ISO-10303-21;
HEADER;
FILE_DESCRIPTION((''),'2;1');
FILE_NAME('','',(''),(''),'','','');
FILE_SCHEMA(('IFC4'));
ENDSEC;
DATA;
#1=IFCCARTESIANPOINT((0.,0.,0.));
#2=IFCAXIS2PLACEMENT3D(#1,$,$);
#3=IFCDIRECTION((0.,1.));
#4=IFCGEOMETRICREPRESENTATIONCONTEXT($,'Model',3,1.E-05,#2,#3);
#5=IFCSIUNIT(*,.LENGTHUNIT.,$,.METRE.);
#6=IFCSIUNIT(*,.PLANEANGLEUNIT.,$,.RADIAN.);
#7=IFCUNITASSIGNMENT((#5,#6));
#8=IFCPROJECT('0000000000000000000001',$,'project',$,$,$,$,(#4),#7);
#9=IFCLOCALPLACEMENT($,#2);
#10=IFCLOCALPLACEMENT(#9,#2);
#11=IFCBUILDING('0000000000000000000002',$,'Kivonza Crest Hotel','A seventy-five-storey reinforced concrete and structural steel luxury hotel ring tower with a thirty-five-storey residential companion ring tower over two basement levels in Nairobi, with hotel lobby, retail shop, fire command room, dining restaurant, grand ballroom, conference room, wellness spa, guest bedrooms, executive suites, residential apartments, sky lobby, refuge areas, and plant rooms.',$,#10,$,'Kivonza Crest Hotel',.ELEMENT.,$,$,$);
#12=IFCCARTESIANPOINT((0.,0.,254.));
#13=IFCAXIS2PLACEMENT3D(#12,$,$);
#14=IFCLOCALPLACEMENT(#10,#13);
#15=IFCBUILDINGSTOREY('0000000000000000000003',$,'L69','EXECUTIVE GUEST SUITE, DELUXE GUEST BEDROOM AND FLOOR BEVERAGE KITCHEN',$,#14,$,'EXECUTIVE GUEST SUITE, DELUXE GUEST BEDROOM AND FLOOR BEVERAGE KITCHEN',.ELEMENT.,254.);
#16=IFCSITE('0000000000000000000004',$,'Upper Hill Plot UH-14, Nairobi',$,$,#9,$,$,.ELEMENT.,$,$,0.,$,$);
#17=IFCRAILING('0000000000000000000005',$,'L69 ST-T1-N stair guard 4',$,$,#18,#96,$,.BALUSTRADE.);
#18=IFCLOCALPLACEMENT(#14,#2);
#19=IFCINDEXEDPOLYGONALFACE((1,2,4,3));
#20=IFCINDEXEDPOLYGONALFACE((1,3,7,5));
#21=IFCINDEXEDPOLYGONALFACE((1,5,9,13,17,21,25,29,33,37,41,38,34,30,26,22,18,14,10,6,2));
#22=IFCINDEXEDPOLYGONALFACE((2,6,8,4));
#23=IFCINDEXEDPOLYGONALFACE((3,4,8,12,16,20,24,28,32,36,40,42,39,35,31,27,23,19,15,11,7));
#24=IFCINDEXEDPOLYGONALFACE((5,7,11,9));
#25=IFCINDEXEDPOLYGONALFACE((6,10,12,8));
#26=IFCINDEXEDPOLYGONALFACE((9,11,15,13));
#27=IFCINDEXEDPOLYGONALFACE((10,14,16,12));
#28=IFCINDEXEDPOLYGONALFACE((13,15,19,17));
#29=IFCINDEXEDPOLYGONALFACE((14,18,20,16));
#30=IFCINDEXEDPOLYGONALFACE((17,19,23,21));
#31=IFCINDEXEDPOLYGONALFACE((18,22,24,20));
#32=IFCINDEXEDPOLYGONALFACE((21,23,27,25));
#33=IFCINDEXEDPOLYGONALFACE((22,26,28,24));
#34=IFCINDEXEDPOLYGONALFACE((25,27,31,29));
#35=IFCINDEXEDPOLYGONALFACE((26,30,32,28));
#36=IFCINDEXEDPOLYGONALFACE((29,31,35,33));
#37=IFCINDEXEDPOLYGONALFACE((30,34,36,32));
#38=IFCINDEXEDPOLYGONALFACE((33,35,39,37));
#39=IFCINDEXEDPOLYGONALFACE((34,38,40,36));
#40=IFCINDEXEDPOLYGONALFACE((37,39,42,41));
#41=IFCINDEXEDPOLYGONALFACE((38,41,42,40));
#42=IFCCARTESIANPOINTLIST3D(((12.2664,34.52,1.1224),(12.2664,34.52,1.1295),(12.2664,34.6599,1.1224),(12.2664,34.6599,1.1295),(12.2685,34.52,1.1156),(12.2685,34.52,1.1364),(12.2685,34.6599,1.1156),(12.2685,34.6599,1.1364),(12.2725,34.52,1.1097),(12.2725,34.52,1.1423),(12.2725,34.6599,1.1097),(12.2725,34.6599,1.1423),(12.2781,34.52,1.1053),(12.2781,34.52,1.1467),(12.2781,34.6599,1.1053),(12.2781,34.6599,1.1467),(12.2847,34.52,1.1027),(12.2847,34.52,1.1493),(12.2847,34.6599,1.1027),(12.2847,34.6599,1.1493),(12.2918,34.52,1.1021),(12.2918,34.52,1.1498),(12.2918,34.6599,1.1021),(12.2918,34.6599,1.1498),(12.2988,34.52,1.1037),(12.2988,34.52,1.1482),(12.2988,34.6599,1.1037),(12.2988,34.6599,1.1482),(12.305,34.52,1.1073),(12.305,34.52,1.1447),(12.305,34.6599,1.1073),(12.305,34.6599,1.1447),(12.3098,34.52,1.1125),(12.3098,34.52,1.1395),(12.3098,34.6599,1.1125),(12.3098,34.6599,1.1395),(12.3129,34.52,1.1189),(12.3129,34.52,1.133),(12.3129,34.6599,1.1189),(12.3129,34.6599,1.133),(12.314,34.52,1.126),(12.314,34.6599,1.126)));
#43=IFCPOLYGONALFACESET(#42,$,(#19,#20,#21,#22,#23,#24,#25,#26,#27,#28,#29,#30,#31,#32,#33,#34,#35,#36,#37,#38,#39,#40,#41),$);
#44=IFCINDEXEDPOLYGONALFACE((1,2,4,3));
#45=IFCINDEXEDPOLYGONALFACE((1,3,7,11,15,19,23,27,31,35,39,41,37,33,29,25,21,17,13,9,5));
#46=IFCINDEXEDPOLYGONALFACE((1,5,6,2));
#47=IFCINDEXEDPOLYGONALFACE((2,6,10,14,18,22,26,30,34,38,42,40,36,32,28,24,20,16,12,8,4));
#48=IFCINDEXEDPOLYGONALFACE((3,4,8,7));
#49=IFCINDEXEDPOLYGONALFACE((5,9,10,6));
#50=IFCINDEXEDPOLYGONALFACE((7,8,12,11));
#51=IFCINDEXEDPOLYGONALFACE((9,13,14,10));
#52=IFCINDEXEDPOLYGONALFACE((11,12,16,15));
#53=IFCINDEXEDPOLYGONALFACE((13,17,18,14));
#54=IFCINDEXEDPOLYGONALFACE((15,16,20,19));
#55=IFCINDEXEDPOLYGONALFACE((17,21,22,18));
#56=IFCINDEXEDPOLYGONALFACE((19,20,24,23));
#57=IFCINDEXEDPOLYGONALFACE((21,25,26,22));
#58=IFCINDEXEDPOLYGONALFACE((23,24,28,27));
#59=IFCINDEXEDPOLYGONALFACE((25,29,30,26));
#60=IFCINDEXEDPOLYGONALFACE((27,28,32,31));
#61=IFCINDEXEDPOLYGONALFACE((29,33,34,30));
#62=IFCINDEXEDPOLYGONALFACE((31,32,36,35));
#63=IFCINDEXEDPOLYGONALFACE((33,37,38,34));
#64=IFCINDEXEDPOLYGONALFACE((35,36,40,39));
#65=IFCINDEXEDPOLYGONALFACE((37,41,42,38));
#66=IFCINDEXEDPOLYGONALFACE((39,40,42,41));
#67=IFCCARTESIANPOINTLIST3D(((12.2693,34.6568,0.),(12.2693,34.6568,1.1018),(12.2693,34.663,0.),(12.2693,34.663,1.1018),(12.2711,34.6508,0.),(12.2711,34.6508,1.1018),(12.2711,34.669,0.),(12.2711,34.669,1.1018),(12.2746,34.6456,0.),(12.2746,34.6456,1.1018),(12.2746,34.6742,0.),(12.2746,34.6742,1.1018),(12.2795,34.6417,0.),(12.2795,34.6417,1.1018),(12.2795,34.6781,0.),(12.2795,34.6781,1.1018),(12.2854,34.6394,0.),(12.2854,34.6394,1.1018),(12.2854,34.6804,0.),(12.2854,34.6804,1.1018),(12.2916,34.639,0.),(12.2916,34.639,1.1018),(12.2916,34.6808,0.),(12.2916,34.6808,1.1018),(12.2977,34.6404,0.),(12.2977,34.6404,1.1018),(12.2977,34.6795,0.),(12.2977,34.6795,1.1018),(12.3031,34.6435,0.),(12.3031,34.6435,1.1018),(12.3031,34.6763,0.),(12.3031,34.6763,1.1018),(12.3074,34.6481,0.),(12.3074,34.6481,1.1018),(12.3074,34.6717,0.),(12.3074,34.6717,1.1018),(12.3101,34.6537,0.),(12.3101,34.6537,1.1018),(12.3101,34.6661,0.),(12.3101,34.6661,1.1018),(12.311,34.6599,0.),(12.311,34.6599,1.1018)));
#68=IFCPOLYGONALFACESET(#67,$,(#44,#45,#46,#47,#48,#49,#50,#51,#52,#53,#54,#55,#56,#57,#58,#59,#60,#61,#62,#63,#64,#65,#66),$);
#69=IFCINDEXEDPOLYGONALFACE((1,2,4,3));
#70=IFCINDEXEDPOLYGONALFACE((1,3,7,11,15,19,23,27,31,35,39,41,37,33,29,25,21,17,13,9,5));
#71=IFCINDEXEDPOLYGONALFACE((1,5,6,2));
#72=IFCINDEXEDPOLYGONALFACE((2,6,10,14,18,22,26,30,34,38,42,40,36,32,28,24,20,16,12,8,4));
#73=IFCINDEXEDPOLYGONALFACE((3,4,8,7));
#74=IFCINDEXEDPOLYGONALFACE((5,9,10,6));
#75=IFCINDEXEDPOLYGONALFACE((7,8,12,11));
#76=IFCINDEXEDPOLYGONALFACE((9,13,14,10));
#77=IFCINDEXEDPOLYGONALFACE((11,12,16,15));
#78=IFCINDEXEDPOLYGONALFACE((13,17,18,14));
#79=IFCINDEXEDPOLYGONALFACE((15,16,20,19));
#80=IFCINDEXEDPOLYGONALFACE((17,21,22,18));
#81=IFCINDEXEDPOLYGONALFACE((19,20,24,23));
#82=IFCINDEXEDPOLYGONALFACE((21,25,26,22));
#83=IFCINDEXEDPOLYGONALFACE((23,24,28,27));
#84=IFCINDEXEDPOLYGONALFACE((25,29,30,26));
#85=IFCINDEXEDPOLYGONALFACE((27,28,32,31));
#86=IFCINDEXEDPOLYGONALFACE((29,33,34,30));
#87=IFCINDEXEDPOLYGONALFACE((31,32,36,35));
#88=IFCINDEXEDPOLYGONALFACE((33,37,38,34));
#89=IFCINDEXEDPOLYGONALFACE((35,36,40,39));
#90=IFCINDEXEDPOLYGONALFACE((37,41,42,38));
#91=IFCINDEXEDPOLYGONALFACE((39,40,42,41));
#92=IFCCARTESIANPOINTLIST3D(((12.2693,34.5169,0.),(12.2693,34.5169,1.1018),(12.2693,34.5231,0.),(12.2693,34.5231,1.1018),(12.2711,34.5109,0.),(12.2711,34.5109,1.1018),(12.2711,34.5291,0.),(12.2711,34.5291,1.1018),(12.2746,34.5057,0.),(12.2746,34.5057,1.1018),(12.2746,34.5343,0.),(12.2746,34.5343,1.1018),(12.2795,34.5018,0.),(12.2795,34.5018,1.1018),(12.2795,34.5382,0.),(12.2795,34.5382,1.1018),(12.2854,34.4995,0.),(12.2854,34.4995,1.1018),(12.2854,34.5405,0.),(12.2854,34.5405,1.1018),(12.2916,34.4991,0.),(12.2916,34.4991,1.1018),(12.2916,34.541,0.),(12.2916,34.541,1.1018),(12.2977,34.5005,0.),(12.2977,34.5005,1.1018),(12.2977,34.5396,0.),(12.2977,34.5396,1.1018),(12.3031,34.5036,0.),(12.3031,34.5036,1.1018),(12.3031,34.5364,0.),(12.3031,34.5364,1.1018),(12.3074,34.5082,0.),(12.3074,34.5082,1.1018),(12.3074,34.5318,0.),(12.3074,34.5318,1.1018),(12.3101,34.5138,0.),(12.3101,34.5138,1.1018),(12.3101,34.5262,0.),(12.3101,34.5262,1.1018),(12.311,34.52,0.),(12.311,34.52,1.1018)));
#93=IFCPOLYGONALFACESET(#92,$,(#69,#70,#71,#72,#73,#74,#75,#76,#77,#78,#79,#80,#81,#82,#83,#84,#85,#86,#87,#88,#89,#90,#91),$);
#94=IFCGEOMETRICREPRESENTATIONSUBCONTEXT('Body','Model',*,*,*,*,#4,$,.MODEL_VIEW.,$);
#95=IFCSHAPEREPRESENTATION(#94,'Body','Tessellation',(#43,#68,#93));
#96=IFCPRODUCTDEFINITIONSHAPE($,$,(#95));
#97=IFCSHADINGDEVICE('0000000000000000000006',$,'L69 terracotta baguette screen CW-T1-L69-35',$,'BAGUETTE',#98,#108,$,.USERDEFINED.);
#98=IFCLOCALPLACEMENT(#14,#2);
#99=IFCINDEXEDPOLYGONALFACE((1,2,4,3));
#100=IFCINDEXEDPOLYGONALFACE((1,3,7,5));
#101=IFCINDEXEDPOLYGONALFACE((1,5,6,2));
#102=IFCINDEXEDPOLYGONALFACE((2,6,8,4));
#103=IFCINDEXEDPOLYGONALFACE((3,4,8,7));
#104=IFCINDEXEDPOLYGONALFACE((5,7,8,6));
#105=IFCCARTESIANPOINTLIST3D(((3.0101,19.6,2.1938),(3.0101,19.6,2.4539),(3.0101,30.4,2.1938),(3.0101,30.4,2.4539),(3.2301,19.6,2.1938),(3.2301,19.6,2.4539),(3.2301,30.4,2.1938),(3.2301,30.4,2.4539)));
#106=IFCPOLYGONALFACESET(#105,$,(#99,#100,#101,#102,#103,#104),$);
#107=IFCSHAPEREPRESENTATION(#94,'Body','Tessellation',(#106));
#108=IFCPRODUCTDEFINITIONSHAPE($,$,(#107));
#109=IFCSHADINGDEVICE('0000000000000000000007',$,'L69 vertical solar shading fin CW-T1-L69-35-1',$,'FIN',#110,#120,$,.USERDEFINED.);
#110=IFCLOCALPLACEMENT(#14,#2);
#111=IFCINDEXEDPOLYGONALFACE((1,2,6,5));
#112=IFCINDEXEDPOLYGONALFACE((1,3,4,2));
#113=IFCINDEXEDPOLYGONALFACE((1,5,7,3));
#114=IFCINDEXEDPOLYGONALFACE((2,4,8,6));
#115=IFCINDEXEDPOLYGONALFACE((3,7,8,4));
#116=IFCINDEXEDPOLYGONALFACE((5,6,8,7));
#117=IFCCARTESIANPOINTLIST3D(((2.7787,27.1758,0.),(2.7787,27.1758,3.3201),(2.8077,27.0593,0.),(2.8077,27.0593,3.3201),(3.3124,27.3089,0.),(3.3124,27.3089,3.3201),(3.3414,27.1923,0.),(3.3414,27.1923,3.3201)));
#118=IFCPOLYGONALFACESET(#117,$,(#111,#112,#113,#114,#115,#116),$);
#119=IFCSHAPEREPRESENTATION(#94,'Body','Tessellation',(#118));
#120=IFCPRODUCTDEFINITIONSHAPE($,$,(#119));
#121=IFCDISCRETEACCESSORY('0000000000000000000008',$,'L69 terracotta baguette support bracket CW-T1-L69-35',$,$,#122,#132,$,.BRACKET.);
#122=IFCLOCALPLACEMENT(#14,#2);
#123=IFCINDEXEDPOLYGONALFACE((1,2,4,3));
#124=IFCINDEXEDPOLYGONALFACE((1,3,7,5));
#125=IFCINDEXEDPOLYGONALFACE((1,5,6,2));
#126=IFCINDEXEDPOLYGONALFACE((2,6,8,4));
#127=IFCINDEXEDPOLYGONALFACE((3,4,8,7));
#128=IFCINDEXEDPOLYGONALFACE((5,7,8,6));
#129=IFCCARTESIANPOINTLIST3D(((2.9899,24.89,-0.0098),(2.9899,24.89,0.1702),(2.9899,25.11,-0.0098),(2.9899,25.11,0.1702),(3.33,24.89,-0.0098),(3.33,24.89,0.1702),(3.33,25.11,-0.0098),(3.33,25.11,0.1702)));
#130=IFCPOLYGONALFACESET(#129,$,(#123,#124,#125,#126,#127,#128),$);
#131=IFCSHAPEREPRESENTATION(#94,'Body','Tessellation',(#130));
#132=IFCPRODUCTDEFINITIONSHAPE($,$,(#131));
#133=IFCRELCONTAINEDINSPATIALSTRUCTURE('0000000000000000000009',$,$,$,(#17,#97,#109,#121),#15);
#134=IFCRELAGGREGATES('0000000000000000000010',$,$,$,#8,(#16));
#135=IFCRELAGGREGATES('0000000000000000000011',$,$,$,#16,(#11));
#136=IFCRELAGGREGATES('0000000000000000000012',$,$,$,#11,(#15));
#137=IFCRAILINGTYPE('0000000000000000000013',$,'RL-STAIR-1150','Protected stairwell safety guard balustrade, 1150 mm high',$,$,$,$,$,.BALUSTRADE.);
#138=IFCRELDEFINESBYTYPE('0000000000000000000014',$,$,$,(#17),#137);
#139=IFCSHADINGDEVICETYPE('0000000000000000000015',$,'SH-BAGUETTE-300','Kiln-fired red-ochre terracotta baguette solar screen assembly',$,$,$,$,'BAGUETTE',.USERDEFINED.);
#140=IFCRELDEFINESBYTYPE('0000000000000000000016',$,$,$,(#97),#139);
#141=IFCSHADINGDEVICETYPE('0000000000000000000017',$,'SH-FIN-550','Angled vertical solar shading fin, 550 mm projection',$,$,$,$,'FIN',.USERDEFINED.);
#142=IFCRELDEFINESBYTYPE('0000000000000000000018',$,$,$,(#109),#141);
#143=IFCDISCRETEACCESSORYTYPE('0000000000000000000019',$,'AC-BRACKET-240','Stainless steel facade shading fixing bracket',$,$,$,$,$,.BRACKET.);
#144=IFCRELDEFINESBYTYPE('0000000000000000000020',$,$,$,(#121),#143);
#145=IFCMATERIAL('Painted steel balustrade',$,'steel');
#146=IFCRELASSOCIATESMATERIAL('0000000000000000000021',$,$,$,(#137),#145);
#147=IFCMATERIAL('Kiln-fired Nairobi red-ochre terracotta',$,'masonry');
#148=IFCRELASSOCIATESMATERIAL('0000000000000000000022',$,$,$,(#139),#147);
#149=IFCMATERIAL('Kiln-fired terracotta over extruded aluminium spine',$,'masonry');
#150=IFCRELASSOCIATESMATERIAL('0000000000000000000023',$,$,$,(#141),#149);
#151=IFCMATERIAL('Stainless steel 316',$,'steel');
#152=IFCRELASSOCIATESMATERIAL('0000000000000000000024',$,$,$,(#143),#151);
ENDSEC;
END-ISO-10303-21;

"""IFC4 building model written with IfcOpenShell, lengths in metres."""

from ifc_helpers import new_model, si_unit, direction, frame, origin, origin_2d, place, context, subcontext, project, spatial, rectangle, circle, extrude, material, type_object, element, save


model = new_model("IFC4")

# Units and contexts
model_context = context("Model", 3, precision=1e-05, world=origin(), true_north=direction((0.0, 1.0)))
body_context = subcontext(model_context, "Body", "Model", "MODEL_VIEW")
ifc_project = project(units=[si_unit("LENGTHUNIT", "METRE"), si_unit("PLANEANGLEUNIT", "RADIAN")], contexts=[model_context])

# Site, building, storey
site_placement = place(None, origin())
site = spatial("IfcSite", under=ifc_project, at=site_placement, Name="Upper Hill Plot UH-14, Nairobi", CompositionType="ELEMENT", RefElevation=0.0)
building_placement = place(site_placement, origin())
building = spatial("IfcBuilding", under=site, at=building_placement, Name="Kivonza Crest Hotel", Description="A seventy-five-storey reinforced concrete and structural steel luxury hotel ring tower with a thirty-five-storey residential companion ring tower over two basement levels in Nairobi, with hotel lobby, retail shop, fire command room, dining restaurant, grand ballroom, conference room, wellness spa, guest bedrooms, executive suites, residential apartments, sky lobby, refuge areas, and plant rooms.", LongName="Kivonza Crest Hotel", CompositionType="ELEMENT")
storey_placement = place(building_placement, frame((0.0, 0.0, 254.0)))
storey = spatial("IfcBuildingStorey", under=building, at=storey_placement, Name="L69", Description="EXECUTIVE GUEST SUITE, DELUXE GUEST BEDROOM AND FLOOR BEVERAGE KITCHEN", LongName="EXECUTIVE GUEST SUITE, DELUXE GUEST BEDROOM AND FLOOR BEVERAGE KITCHEN", CompositionType="ELEMENT", Elevation=254.0)

# Railing
ifc_material_1 = material(Name="Painted steel balustrade", Category="steel")
railing_type_1 = type_object("IfcRailingType", Name="RL-STAIR-1150", Description="Protected stairwell safety guard balustrade, 1150 mm high", PredefinedType="BALUSTRADE", material=ifc_material_1)
railing_1_placement = place(storey_placement, frame((12.29, 34.6599, 0.0)))
element("IfcRailing", 1, at=railing_1_placement, inside=storey, type_object=railing_type_1, Name="L69 ST-T1-N stair guard 4", PredefinedType="BALUSTRADE", context=body_context, shape_type="SweptSolid", body=[
    extrude(circle(Radius=0.0239, at=origin_2d()), frame((0.0, 0.0, 1.126), z_axis=(0.0, -1.0, 0.0), x_axis=(1.0, 0.0, 0.0)), (0.0, 0.0, 1.0), 0.1399),
    extrude(circle(Radius=0.021, at=origin_2d()), origin(), (0.0, 0.0, 1.0), 1.1018),
    extrude(circle(Radius=0.021, at=origin_2d()), frame((0.0, -0.1399, 0.0)), (0.0, 0.0, 1.0), 1.1018),
])

# Shading devices
ifc_material_2 = material(Name="Kiln-fired Nairobi red-ochre terracotta", Category="masonry")
shading_device_type_1 = type_object("IfcShadingDeviceType", Name="SH-BAGUETTE-300", Description="Kiln-fired red-ochre terracotta baguette solar screen assembly", ElementType="BAGUETTE", PredefinedType="USERDEFINED", material=ifc_material_2)
shading_device_1_placement = place(storey_placement, frame((3.1201, 25.0, 2.1938), z_axis=(0.0, 0.0, 1.0), x_axis=(0.0, -1.0, 0.0)))
element("IfcShadingDevice", 2, at=shading_device_1_placement, inside=storey, type_object=shading_device_type_1, Name="L69 terracotta baguette screen CW-T1-L69-35", ObjectType="BAGUETTE", PredefinedType="USERDEFINED", context=body_context, shape_type="SweptSolid", body=[
    extrude(rectangle(XDim=10.8, YDim=0.22, at=origin_2d()), origin(), (0.0, 0.0, 1.0), 0.26),
])
ifc_material_3 = material(Name="Kiln-fired terracotta over extruded aluminium spine", Category="masonry")
shading_device_type_2 = type_object("IfcShadingDeviceType", Name="SH-FIN-550", Description="Angled vertical solar shading fin, 550 mm projection", ElementType="FIN", PredefinedType="USERDEFINED", material=ifc_material_3)
shading_device_2_placement = place(storey_placement, frame((3.0601, 27.1841, 0.0), z_axis=(0.0, 0.0, 1.0), x_axis=(0.241922, -0.970296, 0.0)))
element("IfcShadingDevice", 3, at=shading_device_2_placement, inside=storey, type_object=shading_device_type_2, Name="L69 vertical solar shading fin CW-T1-L69-35-1", ObjectType="FIN", PredefinedType="USERDEFINED", context=body_context, shape_type="SweptSolid", body=[
    extrude(rectangle(XDim=0.1201, YDim=0.55, at=origin_2d()), origin(), (0.0, 0.0, 1.0), 3.3201),
])

# Discrete accessory
ifc_material_4 = material(Name="Stainless steel 316", Category="steel")
discrete_accessory_type = type_object("IfcDiscreteAccessoryType", Name="AC-BRACKET-240", Description="Stainless steel facade shading fixing bracket", PredefinedType="BRACKET", material=ifc_material_4)
discrete_accessory_placement = place(storey_placement, frame((3.1599, 25.0, -0.0098), z_axis=(0.0, 0.0, 1.0), x_axis=(0.0, -1.0, 0.0)))
element("IfcDiscreteAccessory", 4, at=discrete_accessory_placement, inside=storey, type_object=discrete_accessory_type, Name="L69 terracotta baguette support bracket CW-T1-L69-35", PredefinedType="BRACKET", context=body_context, shape_type="SweptSolid", body=[
    extrude(rectangle(XDim=0.22, YDim=0.3401, at=origin_2d()), origin(), (0.0, 0.0, 1.0), 0.1799),
])

save(model, "model.ifc")
